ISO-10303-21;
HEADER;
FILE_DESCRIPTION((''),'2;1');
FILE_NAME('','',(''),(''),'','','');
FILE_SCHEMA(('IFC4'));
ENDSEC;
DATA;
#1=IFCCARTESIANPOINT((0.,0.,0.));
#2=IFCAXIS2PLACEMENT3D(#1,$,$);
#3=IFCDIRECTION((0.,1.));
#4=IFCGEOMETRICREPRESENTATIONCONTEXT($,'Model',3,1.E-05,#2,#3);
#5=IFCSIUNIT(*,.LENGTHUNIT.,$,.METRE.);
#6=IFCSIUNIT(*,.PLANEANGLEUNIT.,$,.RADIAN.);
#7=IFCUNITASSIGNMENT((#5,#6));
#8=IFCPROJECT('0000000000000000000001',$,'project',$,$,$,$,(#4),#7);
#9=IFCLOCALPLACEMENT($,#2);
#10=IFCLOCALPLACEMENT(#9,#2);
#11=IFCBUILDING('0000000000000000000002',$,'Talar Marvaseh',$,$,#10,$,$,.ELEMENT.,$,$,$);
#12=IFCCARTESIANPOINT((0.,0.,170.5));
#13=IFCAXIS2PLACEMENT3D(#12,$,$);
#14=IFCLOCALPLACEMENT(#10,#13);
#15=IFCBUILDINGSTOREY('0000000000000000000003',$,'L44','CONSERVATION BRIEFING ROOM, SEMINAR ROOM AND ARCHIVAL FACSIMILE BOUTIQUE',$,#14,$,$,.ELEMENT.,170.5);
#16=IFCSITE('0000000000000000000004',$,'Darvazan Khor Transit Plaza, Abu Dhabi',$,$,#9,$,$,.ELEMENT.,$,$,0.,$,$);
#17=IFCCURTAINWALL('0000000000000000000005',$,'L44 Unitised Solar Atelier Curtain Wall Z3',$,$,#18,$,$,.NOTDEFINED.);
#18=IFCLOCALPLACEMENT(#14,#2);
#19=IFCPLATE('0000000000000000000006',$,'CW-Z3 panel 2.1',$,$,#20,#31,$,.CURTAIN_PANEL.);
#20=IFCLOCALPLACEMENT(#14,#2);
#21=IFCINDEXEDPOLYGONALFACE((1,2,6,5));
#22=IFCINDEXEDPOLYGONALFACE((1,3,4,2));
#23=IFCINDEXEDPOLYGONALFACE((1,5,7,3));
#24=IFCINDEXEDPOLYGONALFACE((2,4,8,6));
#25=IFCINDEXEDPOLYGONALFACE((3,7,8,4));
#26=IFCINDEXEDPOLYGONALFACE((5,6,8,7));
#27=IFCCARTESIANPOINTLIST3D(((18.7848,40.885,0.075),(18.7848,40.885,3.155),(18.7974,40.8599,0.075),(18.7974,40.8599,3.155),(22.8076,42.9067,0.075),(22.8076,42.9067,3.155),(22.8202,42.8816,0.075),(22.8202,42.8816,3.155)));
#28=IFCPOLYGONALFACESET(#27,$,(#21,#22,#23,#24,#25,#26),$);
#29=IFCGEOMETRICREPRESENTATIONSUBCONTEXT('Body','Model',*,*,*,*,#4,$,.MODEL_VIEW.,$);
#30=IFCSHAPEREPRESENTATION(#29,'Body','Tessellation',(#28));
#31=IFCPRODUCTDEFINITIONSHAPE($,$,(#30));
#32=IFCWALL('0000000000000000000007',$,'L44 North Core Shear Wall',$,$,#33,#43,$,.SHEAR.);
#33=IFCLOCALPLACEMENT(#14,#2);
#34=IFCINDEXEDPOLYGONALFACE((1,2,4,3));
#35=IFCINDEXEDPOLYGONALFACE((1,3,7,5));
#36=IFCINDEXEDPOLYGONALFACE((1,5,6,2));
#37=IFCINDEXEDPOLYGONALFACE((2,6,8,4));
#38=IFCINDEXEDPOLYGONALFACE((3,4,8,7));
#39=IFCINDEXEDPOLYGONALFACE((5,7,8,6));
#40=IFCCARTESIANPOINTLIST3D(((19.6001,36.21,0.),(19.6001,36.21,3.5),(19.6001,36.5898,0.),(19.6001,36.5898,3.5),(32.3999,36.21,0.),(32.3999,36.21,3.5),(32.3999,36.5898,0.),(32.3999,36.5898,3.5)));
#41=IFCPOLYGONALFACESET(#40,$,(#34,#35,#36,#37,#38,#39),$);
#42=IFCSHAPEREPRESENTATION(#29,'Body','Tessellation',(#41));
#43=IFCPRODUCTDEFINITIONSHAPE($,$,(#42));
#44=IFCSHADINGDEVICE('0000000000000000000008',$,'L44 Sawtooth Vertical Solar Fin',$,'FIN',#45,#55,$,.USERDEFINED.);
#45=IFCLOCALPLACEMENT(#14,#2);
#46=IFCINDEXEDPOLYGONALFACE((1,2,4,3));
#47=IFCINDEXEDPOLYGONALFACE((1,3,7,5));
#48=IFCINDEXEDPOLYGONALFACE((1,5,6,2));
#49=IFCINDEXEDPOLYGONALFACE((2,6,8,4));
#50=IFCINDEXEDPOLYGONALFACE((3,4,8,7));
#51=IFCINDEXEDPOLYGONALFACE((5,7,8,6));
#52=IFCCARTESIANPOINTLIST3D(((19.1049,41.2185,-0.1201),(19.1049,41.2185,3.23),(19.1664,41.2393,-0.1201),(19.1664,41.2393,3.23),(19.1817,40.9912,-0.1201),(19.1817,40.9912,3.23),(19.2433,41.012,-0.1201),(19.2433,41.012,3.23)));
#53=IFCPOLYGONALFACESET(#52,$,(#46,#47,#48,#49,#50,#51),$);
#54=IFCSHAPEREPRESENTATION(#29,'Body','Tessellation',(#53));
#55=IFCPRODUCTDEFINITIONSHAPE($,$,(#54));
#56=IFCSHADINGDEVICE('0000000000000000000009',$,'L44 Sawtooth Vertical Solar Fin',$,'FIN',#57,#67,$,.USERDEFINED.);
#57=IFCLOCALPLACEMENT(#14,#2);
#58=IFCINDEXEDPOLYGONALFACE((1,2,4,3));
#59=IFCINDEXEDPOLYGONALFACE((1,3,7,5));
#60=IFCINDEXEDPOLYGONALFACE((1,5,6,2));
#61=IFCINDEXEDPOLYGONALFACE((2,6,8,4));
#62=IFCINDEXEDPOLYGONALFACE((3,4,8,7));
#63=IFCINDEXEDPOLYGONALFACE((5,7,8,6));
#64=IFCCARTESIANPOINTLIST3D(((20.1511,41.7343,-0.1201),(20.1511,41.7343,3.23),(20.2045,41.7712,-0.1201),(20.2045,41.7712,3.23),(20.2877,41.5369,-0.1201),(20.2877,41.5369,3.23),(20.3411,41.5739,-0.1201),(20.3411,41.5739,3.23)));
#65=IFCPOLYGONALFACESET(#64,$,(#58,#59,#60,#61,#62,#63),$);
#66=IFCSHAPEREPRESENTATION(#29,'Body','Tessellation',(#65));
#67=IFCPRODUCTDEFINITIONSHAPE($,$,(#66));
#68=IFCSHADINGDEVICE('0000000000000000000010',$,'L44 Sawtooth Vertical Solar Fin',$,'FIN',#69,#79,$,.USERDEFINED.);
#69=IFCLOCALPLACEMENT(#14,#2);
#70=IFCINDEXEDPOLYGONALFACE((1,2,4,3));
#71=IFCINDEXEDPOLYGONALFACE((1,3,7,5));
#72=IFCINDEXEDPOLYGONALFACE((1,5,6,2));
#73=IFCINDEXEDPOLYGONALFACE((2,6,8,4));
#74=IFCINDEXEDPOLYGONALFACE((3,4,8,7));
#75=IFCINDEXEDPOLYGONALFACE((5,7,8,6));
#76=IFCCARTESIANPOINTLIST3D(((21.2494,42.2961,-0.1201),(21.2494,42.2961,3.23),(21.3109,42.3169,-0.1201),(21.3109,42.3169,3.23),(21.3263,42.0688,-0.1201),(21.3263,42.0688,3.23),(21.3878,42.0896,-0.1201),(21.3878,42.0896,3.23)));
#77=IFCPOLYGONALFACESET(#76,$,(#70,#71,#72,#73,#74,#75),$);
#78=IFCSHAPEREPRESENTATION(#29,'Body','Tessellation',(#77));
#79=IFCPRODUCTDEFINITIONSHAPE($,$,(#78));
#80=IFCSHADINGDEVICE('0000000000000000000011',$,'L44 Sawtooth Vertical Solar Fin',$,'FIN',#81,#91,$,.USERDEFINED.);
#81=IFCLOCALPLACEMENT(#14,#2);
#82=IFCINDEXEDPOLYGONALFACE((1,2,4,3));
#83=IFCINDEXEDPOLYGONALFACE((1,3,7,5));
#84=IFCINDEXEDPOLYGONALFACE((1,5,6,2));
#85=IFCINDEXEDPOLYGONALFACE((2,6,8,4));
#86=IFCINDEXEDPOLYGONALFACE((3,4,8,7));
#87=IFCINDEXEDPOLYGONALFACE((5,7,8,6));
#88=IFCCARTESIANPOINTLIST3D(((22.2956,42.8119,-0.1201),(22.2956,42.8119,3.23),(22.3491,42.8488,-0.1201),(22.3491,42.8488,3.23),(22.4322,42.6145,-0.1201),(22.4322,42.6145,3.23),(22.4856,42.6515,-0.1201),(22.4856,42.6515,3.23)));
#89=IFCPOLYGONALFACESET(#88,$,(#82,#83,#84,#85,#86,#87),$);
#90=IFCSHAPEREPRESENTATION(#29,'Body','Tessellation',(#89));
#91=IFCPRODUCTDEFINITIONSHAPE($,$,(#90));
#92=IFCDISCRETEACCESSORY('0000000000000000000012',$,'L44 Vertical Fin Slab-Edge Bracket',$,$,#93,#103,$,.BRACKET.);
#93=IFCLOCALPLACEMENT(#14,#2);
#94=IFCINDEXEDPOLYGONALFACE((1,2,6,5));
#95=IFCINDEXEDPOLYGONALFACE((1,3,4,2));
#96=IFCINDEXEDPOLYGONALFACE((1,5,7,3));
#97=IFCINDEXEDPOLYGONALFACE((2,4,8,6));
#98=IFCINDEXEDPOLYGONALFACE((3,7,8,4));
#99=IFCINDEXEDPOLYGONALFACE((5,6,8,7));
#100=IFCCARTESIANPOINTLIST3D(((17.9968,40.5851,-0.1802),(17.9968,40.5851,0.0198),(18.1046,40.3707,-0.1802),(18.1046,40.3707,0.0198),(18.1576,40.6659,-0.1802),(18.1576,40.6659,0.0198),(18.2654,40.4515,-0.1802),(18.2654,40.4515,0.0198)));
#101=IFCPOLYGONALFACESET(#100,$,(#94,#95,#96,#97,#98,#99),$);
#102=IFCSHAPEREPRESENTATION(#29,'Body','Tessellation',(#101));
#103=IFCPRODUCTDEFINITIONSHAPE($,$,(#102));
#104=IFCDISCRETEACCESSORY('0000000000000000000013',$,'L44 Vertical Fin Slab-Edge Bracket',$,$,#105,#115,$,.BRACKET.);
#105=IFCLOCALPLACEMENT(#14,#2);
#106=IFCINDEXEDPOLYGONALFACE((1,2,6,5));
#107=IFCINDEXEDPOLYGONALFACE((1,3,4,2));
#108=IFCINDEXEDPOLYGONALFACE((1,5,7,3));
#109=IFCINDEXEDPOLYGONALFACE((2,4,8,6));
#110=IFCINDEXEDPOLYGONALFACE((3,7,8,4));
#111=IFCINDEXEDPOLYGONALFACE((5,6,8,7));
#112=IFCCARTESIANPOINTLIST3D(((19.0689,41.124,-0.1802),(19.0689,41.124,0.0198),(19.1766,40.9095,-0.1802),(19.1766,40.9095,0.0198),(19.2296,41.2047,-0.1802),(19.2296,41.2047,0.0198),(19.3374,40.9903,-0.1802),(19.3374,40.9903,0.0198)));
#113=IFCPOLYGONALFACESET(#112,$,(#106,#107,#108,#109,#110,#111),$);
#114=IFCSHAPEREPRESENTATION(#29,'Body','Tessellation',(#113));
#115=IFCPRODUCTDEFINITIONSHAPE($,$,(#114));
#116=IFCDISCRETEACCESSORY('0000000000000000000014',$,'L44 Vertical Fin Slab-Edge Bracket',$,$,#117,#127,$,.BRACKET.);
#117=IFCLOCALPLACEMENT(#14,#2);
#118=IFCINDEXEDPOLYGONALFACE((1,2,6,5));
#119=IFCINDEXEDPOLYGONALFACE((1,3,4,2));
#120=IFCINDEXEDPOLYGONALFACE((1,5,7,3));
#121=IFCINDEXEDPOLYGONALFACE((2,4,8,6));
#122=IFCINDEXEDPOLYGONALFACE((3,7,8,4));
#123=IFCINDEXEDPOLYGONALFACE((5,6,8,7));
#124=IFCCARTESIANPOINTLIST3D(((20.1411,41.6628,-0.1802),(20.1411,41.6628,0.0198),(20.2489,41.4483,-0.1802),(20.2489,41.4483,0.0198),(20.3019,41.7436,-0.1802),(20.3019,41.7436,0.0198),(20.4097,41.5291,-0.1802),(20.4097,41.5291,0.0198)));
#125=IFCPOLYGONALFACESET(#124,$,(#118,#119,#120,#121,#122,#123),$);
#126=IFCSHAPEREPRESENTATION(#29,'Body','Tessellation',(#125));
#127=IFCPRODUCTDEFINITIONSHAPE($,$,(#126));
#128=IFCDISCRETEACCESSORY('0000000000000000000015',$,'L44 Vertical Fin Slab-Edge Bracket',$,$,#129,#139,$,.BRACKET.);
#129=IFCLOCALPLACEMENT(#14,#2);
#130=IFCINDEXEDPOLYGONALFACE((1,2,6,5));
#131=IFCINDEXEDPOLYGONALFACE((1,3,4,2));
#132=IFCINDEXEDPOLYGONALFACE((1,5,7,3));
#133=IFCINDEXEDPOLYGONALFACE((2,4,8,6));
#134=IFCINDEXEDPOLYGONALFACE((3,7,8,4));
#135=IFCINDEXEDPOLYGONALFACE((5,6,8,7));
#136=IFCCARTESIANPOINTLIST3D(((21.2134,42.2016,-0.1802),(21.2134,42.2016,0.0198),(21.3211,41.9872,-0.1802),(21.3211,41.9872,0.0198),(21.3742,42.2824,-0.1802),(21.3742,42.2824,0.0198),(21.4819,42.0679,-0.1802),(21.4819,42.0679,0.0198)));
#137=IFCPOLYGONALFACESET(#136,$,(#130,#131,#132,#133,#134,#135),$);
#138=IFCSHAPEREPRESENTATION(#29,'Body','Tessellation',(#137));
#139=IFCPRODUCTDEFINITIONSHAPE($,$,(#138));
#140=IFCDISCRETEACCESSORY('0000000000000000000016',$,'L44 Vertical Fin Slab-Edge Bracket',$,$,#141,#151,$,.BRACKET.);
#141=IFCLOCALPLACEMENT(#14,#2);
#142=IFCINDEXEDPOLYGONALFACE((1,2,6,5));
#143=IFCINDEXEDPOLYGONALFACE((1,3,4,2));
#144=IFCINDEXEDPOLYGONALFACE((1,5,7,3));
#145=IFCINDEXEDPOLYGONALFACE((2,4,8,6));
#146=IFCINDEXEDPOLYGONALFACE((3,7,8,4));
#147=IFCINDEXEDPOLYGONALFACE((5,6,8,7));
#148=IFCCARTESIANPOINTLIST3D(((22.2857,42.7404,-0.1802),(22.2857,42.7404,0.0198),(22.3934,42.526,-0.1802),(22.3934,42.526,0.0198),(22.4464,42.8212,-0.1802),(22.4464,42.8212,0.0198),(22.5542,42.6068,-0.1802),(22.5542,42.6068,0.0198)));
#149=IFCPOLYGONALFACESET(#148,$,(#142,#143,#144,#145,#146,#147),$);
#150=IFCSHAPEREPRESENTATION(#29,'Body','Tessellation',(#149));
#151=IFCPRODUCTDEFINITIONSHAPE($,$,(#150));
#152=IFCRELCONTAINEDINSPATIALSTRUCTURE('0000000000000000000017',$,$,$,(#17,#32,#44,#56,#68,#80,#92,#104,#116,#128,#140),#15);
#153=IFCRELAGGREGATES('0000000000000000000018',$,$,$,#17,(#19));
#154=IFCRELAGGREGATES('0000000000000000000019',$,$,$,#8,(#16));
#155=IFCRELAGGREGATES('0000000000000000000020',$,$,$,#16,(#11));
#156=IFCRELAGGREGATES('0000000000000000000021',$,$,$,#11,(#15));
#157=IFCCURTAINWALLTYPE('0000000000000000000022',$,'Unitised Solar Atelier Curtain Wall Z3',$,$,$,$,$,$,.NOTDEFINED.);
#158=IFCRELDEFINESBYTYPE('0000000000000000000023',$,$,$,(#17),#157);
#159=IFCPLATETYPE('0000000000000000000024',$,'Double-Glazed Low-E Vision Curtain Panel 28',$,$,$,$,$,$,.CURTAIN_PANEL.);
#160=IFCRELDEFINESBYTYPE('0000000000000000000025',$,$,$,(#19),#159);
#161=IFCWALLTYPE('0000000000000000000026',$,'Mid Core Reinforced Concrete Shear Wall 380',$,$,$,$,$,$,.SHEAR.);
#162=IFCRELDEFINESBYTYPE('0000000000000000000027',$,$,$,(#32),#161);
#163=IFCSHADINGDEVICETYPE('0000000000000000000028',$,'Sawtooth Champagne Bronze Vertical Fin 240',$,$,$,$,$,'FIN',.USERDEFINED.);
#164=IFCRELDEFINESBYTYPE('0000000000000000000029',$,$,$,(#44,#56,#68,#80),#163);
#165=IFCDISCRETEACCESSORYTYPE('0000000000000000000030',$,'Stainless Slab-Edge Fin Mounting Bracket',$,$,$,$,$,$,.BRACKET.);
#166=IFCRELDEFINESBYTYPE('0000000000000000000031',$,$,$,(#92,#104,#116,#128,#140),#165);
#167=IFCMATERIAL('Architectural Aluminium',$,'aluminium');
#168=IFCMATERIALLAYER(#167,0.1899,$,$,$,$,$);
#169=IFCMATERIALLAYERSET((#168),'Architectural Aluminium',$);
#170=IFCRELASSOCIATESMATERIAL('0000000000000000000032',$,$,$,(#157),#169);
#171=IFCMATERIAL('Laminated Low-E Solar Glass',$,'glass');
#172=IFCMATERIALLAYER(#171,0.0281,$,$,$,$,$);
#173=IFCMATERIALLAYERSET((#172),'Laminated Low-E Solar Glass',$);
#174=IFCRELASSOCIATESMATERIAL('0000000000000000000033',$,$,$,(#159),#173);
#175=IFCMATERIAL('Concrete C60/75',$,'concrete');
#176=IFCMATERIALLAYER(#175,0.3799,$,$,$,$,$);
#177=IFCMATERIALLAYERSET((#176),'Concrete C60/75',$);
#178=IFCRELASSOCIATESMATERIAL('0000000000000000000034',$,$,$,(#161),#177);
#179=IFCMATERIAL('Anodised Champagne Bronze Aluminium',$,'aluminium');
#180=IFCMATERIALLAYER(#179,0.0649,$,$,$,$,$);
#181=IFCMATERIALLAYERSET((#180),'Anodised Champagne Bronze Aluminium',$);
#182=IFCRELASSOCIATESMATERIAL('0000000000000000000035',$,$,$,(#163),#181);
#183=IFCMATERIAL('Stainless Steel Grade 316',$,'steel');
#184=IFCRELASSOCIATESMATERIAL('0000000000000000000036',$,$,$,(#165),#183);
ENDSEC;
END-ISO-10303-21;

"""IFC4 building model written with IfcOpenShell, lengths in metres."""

from ifc_helpers import new_model, si_unit, direction, frame, frame_2d, origin, origin_2d, place, context, subcontext, project, spatial, rectangle, extrude, source, transform, mapped, material, layer, layer_set, type_object, type_shapes, element, aggregate, save


model = new_model("IFC4")

# Units and contexts
model_context = context("Model", 3, precision=1e-05, world=origin(), true_north=direction((0.0, 1.0)))
body_context = subcontext(model_context, "Body", "Model", "MODEL_VIEW")
ifc_project = project(units=[si_unit("LENGTHUNIT", "METRE"), si_unit("PLANEANGLEUNIT", "RADIAN")], contexts=[model_context])

# Site, building, storey
site_placement = place(None, origin())
site = spatial("IfcSite", under=ifc_project, at=site_placement, Name="Darvazan Khor Transit Plaza, Abu Dhabi", CompositionType="ELEMENT", RefElevation=0.0)
building_placement = place(site_placement, origin())
building = spatial("IfcBuilding", under=site, at=building_placement, Name="Talar Marvaseh", CompositionType="ELEMENT")
storey_placement = place(building_placement, frame((0.0, 0.0, 170.5)))
storey = spatial("IfcBuildingStorey", under=building, at=storey_placement, Name="L44", Description="CONSERVATION BRIEFING ROOM, SEMINAR ROOM AND ARCHIVAL FACSIMILE BOUTIQUE", CompositionType="ELEMENT", Elevation=170.5)

# Shared definitions
ifc_material_1 = material(Name="Concrete C60/75", Category="concrete")

# Curtain wall, plate
ifc_material_2 = material(Name="Architectural Aluminium", Category="aluminium")
ifc_layer_1 = layer(ifc_material_2, 0.1899)
ifc_layer_set_1 = layer_set([ifc_layer_1], Name="Architectural Aluminium")
curtain_wall_type = type_object("IfcCurtainWallType", Name="Unitised Solar Atelier Curtain Wall Z3", PredefinedType="NOTDEFINED", material=ifc_layer_set_1)
curtain_wall_placement = place(storey_placement, origin())
curtain_wall = element("IfcCurtainWall", 1, at=curtain_wall_placement, inside=storey, type_object=curtain_wall_type, Name="L44 Unitised Solar Atelier Curtain Wall Z3", PredefinedType="NOTDEFINED")
ifc_material_3 = material(Name="Laminated Low-E Solar Glass", Category="glass")
ifc_layer_2 = layer(ifc_material_3, 0.0281)
ifc_layer_set_2 = layer_set([ifc_layer_2], Name="Laminated Low-E Solar Glass")
plate_type = type_object("IfcPlateType", Name="Double-Glazed Low-E Vision Curtain Panel 28", PredefinedType="CURTAIN_PANEL", material=ifc_layer_set_2)
shared_shape_1 = source(origin(), body_context, "Body", "SweptSolid", [
    extrude(rectangle(XDim=4.5022, YDim=0.0281, at=origin_2d()), origin(), (0.0, 0.0, 1.0), 3.0801),
])
type_shapes(plate_type, [shared_shape_1])
plate_placement = place(storey_placement, frame((20.8025, 41.8833, 0.075), z_axis=(0.0, 0.0, 1.0), x_axis=(0.893511, 0.449042, 0.0)))
plate = element("IfcPlate", 2, at=plate_placement, type_object=plate_type, Name="CW-Z3 panel 2.1", PredefinedType="CURTAIN_PANEL", context=body_context, shape_type="MappedRepresentation", body=[
    mapped(shared_shape_1, transform((0.0, 0.0, 0.0), x_axis=(1.0, 0.0, 0.0), y_axis=(0.0, 1.0, 0.0), z_axis=(0.0, 0.0, 1.0), scale=1.0)),
])
aggregate(curtain_wall, [plate])

# Wall
ifc_layer_3 = layer(ifc_material_1, 0.3799)
ifc_layer_set_3 = layer_set([ifc_layer_3], Name="Concrete C60/75")
wall_type = type_object("IfcWallType", Name="Mid Core Reinforced Concrete Shear Wall 380", PredefinedType="SHEAR", material=ifc_layer_set_3)
wall_placement = place(storey_placement, frame((19.6001, 36.3999, 0.0), z_axis=(0.0, 0.0, 1.0), x_axis=(1.0, 0.0, 0.0)))
element("IfcWall", 3, at=wall_placement, inside=storey, type_object=wall_type, Name="L44 North Core Shear Wall", PredefinedType="SHEAR", context=body_context, shape_type="SweptSolid", body=[
    extrude(rectangle(XDim=12.7998, YDim=0.3799, at=frame_2d((6.3999, 0.0))), origin(), (0.0, 0.0, 1.0), 3.5),
])

# Shading devices
ifc_material_4 = material(Name="Anodised Champagne Bronze Aluminium", Category="aluminium")
ifc_layer_4 = layer(ifc_material_4, 0.0649)
ifc_layer_set_4 = layer_set([ifc_layer_4], Name="Anodised Champagne Bronze Aluminium")
shading_device_type = type_object("IfcShadingDeviceType", Name="Sawtooth Champagne Bronze Vertical Fin 240", ElementType="FIN", PredefinedType="USERDEFINED", material=ifc_layer_set_4)
shared_shape_2 = source(origin(), body_context, "Body", "SweptSolid", [
    extrude(rectangle(XDim=0.24, YDim=0.0649, at=origin_2d()), origin(), (0.0, 0.0, 1.0), 3.3501),
])
type_shapes(shading_device_type, [shared_shape_2])
for number, where, z_axis, x_axis, name in (
    (4, (19.1741, 41.1152, -0.1201), (0.0, 0.0, 1.0), (-0.320282, 0.947322, 0.0), "L44 Sawtooth Vertical Solar Fin"),
    (5, (20.2461, 41.6541, -0.1201), (0.0, 0.0, 1.0), (-0.568993, 0.822343, 0.0), "L44 Sawtooth Vertical Solar Fin"),
    (6, (21.3186, 42.1929, -0.1201), (0.0, 0.0, 1.0), (-0.320282, 0.947322, 0.0), "L44 Sawtooth Vertical Solar Fin"),
    (7, (22.3906, 42.7317, -0.1201), (0.0, 0.0, 1.0), (-0.568993, 0.822343, 0.0), "L44 Sawtooth Vertical Solar Fin"),
):
    element("IfcShadingDevice", number, at=place(storey_placement, frame(where, z_axis=z_axis, x_axis=x_axis)), inside=storey, type_object=shading_device_type, Name=name, ObjectType="FIN", PredefinedType="USERDEFINED", context=body_context, shape_type="MappedRepresentation", body=[
        mapped(shared_shape_2, transform((0.0, 0.0, 0.0), x_axis=(1.0, 0.0, 0.0), y_axis=(0.0, 1.0, 0.0), z_axis=(0.0, 0.0, 1.0), scale=1.0)),
    ])

# Discrete accessories
ifc_material_5 = material(Name="Stainless Steel Grade 316", Category="steel")
discrete_accessory_type = type_object("IfcDiscreteAccessoryType", Name="Stainless Slab-Edge Fin Mounting Bracket", PredefinedType="BRACKET", material=ifc_material_5)
shared_shape_3 = source(origin(), body_context, "Body", "SweptSolid", [
    extrude(rectangle(XDim=0.24, YDim=0.1799, at=origin_2d()), origin(), (0.0, 0.0, 1.0), 0.2),
])
type_shapes(discrete_accessory_type, [shared_shape_3])
for number, where, z_axis, x_axis, name in (
    (8, (18.1311, 40.5183, -0.1802), (0.0, 0.0, 1.0), (-0.449007, 0.893528, 0.0), "L44 Vertical Fin Slab-Edge Bracket"),
    (9, (19.2031, 41.0571, -0.1802), (0.0, 0.0, 1.0), (-0.449007, 0.893528, 0.0), "L44 Vertical Fin Slab-Edge Bracket"),
    (10, (20.2754, 41.5959, -0.1802), (0.0, 0.0, 1.0), (-0.449007, 0.893528, 0.0), "L44 Vertical Fin Slab-Edge Bracket"),
    (11, (21.3477, 42.1348, -0.1802), (0.0, 0.0, 1.0), (-0.449007, 0.893528, 0.0), "L44 Vertical Fin Slab-Edge Bracket"),
    (12, (22.4199, 42.6736, -0.1802), (0.0, 0.0, 1.0), (-0.449007, 0.893528, 0.0), "L44 Vertical Fin Slab-Edge Bracket"),
):
    element("IfcDiscreteAccessory", number, at=place(storey_placement, frame(where, z_axis=z_axis, x_axis=x_axis)), inside=storey, type_object=discrete_accessory_type, Name=name, PredefinedType="BRACKET", context=body_context, shape_type="MappedRepresentation", body=[
        mapped(shared_shape_3, transform((0.0, 0.0, 0.0), x_axis=(1.0, 0.0, 0.0), y_axis=(0.0, 1.0, 0.0), z_axis=(0.0, 0.0, 1.0), scale=1.0)),
    ])

save(model, "model.ifc")
